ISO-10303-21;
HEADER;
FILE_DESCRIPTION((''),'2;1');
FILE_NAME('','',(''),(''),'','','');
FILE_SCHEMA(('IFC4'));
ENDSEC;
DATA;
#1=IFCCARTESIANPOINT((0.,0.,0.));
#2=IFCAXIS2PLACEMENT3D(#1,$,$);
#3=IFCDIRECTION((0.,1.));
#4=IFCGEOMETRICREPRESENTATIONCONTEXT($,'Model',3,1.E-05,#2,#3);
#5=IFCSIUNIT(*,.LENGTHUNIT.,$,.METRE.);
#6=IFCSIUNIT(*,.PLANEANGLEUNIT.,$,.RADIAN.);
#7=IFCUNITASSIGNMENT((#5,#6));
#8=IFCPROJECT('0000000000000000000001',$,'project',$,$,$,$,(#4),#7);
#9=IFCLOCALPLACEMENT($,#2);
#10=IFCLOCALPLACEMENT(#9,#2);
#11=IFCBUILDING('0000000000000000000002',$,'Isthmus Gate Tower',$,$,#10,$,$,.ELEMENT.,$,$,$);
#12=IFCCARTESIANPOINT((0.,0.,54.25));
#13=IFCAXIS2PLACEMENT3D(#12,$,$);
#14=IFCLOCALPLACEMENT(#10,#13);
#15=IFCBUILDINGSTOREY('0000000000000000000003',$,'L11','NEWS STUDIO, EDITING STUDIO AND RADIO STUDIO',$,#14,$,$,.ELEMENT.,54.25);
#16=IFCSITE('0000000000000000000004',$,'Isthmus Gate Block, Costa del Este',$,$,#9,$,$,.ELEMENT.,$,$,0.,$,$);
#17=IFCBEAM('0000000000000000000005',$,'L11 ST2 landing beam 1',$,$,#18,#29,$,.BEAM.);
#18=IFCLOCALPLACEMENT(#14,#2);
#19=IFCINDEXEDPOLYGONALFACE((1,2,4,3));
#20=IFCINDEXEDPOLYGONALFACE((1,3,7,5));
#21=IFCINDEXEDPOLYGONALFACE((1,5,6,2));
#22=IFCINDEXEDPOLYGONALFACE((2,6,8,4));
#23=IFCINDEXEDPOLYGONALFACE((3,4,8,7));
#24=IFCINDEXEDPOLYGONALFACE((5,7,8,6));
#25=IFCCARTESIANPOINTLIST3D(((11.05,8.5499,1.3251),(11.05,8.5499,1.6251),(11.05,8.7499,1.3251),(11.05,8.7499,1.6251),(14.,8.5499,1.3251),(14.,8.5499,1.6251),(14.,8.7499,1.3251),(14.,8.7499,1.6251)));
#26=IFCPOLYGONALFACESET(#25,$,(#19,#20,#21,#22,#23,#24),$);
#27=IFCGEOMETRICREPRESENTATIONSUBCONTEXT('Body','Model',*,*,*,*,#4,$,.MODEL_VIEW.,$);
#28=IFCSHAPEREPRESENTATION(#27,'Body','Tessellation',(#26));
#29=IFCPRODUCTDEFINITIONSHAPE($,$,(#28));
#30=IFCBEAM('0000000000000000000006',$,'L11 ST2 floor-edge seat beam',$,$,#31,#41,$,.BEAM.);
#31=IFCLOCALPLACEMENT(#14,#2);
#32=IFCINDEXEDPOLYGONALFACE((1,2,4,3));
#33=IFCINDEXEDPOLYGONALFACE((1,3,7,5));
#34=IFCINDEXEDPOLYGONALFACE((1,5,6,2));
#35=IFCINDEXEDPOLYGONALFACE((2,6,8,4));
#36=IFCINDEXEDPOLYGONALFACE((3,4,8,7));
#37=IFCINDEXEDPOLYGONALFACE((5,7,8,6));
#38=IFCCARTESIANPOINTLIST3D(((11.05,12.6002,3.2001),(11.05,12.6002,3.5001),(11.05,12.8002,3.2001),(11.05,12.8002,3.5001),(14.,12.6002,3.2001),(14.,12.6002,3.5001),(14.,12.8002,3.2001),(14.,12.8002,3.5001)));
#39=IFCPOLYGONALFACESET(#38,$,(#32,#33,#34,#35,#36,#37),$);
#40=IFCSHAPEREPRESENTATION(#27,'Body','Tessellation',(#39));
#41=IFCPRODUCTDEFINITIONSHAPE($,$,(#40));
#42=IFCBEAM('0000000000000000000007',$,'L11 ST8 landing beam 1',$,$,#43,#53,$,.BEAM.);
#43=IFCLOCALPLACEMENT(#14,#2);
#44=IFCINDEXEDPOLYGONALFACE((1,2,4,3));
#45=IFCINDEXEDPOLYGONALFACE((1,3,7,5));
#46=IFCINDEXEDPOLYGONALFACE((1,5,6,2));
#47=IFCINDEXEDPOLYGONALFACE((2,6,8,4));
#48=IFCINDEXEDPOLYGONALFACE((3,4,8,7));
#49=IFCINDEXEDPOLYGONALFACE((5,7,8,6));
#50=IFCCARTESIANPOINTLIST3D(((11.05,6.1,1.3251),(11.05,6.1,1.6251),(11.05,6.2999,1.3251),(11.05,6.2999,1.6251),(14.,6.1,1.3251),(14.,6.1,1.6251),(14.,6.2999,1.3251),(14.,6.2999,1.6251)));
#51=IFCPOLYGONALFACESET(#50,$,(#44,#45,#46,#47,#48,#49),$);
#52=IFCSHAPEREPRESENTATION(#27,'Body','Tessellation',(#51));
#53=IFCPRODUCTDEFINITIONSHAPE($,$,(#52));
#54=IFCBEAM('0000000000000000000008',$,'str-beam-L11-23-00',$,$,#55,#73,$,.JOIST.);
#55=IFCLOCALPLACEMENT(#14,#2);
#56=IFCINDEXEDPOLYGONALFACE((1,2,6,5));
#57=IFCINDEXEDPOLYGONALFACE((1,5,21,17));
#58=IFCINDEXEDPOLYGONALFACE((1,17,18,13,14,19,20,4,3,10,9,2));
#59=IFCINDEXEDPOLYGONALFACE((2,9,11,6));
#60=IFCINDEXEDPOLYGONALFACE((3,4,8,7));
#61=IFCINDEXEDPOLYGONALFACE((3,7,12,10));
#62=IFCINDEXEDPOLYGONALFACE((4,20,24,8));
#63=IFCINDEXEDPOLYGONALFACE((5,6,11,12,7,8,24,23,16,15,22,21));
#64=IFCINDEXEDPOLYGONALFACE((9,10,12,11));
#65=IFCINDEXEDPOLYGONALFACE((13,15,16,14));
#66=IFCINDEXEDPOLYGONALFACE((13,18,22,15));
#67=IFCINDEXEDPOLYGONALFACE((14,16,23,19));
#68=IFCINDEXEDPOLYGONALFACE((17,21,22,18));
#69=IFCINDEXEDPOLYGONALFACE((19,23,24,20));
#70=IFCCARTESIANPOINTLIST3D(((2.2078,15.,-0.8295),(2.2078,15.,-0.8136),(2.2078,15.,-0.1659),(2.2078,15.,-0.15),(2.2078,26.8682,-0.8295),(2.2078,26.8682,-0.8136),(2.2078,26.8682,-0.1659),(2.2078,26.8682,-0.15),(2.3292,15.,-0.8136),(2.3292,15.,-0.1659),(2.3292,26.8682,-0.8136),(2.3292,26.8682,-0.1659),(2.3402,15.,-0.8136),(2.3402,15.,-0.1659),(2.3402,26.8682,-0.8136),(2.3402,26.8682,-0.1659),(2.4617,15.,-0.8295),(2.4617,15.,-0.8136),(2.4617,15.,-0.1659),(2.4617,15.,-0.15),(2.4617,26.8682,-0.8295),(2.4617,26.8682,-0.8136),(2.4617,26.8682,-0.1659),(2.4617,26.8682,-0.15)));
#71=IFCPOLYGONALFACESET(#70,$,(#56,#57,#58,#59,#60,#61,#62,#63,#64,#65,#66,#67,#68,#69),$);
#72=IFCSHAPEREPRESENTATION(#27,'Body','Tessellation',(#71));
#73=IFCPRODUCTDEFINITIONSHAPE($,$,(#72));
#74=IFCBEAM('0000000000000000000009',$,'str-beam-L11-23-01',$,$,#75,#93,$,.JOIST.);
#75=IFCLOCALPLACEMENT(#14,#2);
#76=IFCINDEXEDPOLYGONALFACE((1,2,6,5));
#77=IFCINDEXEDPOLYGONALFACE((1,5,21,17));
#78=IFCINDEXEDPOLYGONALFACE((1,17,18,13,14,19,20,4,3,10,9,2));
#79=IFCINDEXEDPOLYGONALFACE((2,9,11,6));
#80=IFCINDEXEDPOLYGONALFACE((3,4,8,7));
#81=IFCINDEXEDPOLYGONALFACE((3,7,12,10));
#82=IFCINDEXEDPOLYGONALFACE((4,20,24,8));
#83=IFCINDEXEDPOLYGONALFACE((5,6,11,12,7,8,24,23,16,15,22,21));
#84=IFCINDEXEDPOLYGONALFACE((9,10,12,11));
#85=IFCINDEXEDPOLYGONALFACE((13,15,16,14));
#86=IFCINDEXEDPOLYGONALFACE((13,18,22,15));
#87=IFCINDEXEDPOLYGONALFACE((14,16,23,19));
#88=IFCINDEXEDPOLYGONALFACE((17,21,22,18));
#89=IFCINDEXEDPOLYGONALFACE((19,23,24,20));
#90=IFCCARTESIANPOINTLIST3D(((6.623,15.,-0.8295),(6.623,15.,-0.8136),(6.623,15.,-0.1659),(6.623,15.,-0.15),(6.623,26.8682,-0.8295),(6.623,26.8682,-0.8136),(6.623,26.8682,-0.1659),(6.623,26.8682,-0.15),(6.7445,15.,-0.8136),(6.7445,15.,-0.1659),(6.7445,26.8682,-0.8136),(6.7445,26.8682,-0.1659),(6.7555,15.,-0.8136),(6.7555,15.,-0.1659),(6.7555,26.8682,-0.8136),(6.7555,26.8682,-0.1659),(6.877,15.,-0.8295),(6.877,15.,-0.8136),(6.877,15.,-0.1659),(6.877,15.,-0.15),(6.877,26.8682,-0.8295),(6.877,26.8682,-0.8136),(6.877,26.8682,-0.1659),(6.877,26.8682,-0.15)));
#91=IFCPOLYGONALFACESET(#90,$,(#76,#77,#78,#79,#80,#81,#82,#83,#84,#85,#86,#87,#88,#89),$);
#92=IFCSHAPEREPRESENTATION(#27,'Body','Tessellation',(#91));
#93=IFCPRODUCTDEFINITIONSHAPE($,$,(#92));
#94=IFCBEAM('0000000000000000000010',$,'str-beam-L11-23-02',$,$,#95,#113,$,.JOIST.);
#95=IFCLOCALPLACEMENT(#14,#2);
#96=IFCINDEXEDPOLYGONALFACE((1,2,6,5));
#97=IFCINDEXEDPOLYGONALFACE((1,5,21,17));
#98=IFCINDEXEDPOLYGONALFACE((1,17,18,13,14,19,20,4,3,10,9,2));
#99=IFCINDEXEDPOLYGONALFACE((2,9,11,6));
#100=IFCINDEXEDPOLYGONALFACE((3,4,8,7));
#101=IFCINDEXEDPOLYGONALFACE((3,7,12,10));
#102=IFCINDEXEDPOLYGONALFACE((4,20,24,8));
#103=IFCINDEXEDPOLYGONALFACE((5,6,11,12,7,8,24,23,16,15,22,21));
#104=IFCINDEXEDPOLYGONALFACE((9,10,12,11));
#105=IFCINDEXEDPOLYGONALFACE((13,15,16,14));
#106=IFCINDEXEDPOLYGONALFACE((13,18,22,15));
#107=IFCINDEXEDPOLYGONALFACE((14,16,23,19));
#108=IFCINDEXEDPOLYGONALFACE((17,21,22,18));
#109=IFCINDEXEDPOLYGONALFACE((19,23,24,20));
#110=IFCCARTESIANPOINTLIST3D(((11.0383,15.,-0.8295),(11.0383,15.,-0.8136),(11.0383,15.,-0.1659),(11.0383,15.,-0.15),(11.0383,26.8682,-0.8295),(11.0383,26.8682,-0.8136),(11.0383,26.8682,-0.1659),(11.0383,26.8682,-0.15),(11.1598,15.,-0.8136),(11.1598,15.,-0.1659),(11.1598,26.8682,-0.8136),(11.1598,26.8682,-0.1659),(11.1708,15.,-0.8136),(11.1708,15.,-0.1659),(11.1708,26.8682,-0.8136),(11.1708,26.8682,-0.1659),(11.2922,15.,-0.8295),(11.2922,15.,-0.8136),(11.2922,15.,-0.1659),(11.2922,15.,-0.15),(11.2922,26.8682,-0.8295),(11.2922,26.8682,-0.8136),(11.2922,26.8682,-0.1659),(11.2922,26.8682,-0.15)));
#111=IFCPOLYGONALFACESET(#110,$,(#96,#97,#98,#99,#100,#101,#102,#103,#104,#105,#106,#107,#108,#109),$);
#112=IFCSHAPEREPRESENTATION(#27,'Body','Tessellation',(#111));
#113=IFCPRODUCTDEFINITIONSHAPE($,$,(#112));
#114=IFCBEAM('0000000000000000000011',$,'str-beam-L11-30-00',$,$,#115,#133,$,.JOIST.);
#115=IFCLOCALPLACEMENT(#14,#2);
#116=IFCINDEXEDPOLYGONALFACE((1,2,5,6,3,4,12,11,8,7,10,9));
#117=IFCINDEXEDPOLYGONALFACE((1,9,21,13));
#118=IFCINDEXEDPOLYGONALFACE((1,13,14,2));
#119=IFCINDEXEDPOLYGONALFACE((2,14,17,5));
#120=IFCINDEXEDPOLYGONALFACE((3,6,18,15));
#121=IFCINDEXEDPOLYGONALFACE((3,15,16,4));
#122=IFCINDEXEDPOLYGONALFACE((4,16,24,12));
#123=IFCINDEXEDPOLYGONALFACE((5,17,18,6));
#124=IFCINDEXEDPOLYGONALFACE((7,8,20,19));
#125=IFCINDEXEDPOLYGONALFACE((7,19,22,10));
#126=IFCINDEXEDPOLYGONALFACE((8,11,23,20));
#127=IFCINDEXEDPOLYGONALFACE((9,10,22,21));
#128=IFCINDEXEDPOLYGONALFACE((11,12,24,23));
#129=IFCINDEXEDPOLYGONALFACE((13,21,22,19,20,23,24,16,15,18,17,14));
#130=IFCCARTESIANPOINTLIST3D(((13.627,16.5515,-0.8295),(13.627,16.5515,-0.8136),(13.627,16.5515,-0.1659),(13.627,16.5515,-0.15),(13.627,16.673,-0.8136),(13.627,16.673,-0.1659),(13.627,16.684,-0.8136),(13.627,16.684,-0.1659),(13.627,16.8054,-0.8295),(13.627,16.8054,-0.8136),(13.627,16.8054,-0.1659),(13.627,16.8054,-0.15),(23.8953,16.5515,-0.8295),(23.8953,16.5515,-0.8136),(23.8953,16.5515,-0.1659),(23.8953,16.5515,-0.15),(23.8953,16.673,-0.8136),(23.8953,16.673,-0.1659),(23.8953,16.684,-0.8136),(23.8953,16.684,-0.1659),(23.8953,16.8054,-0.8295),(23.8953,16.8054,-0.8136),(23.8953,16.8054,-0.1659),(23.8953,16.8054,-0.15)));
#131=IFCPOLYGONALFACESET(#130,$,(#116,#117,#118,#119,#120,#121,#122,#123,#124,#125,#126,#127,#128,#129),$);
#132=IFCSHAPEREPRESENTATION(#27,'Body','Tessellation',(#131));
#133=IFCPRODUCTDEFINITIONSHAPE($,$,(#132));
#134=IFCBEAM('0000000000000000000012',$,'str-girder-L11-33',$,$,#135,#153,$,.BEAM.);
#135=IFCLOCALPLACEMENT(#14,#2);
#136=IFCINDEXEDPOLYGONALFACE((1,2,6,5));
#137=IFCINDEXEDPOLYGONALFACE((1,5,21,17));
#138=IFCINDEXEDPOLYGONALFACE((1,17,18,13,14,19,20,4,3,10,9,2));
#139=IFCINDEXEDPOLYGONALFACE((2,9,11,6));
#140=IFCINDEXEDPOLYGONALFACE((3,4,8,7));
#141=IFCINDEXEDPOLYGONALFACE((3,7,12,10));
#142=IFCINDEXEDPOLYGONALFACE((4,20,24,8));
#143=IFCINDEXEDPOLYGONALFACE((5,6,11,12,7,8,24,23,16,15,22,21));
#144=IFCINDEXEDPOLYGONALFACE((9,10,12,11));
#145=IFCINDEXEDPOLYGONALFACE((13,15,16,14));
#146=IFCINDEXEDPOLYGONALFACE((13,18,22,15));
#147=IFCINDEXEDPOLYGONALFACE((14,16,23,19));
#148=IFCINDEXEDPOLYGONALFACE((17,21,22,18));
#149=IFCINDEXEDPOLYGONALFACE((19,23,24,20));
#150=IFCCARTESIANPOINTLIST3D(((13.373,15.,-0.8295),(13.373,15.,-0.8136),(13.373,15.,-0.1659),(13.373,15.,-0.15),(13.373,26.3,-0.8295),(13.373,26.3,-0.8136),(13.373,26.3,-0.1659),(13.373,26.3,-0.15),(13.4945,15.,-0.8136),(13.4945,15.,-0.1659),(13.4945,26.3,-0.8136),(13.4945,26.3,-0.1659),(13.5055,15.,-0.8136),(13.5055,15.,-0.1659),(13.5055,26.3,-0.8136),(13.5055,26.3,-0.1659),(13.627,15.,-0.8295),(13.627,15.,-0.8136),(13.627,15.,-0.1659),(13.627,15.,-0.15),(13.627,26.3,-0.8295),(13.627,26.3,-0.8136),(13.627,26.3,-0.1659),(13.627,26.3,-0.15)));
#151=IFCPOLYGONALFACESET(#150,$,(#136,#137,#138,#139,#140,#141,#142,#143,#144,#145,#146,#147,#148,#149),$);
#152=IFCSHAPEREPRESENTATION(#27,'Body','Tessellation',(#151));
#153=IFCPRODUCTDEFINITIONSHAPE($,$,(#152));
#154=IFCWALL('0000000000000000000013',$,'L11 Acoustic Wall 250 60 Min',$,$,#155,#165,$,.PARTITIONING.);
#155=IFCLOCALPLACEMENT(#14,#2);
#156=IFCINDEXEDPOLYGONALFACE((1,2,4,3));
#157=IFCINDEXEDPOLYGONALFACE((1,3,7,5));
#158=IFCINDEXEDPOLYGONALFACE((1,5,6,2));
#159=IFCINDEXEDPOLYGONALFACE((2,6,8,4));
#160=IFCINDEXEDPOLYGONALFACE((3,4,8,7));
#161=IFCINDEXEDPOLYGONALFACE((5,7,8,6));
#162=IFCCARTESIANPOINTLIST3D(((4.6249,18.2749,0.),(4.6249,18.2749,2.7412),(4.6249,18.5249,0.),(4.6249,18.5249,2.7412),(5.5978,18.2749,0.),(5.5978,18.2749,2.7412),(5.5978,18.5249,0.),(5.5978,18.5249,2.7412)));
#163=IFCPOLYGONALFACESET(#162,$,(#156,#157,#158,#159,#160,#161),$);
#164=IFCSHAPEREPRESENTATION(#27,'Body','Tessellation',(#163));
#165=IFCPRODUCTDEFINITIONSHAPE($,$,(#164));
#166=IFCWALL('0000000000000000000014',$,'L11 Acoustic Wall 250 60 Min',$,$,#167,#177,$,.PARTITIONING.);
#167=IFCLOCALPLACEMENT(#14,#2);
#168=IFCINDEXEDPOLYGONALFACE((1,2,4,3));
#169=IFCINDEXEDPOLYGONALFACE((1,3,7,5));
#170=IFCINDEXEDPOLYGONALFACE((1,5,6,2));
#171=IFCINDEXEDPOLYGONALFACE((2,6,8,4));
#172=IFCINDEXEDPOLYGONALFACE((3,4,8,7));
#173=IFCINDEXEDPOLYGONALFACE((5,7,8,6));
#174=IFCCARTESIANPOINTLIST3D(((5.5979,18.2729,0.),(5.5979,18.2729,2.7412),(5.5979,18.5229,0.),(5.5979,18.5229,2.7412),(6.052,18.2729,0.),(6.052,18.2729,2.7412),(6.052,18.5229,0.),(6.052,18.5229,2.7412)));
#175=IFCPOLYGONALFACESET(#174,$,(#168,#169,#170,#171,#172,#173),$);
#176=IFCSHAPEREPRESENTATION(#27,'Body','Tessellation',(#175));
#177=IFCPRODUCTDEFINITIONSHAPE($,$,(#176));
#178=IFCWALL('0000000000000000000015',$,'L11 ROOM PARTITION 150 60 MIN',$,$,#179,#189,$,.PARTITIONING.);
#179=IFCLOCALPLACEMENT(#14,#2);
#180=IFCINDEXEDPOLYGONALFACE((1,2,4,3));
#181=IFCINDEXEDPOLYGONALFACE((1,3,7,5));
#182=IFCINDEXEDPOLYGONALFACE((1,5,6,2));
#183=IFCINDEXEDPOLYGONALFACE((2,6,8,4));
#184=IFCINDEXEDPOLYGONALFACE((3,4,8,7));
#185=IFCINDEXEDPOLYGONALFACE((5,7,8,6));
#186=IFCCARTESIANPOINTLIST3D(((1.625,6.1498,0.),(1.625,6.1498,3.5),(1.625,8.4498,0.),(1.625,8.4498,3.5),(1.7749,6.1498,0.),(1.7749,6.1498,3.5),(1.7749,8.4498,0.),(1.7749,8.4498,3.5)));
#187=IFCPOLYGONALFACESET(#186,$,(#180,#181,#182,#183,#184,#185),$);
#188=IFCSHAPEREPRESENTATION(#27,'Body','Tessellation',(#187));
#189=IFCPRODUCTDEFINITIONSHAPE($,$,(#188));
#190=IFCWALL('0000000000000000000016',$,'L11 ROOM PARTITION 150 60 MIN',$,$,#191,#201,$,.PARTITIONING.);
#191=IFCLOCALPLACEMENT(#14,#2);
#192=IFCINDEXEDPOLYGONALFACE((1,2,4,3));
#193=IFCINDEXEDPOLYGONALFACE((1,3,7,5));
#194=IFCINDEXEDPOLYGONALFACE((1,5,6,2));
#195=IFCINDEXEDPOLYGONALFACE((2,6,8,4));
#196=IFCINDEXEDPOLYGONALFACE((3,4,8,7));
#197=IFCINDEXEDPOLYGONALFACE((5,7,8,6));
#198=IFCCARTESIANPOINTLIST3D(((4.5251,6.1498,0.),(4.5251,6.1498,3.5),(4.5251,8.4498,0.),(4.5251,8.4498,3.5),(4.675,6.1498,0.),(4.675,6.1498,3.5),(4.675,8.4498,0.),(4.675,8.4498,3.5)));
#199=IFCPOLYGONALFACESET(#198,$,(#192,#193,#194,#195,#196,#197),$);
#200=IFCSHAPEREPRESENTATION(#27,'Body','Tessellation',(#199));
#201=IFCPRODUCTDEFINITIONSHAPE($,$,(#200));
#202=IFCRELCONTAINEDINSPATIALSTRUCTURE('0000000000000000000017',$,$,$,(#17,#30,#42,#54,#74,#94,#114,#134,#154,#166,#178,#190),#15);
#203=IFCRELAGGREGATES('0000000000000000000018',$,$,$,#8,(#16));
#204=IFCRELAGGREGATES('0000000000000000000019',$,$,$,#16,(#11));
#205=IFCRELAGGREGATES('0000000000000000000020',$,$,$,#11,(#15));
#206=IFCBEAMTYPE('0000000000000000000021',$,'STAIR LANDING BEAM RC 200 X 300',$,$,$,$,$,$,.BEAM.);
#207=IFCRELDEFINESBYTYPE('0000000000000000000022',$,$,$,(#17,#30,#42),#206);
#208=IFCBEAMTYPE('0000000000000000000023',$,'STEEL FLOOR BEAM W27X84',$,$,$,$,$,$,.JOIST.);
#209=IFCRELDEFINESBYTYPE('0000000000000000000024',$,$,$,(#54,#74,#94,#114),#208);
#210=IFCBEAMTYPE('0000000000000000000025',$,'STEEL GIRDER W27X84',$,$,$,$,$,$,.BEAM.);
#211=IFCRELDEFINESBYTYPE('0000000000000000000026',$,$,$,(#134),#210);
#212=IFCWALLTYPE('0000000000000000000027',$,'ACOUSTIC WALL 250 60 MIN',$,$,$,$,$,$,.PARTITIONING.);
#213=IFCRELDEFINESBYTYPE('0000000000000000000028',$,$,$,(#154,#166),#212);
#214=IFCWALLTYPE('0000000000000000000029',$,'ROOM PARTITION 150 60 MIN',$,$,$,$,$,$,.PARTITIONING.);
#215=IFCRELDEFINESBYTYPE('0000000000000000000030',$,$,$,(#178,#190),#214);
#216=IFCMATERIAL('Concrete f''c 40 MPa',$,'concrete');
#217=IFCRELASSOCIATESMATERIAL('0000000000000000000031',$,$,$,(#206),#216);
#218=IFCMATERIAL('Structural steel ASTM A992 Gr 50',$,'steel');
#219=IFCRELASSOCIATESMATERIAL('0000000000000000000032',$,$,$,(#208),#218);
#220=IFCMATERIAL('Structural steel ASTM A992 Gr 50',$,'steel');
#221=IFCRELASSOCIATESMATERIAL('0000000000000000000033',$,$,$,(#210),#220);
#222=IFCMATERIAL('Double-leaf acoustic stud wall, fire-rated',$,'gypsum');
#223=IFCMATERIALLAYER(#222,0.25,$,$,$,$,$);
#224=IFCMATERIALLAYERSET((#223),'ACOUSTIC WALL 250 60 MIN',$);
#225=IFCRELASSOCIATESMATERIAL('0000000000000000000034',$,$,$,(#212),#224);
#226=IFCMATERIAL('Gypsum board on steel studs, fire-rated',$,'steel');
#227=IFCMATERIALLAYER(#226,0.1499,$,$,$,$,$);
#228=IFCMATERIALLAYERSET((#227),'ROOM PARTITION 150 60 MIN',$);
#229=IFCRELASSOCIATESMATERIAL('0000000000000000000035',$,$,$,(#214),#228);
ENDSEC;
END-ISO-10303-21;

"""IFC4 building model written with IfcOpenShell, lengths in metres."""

from ifc_helpers import new_model, si_unit, direction, frame, frame_2d, origin, origin_2d, place, context, subcontext, project, spatial, rectangle, i_section, extrude, material, layer, layer_set, material_profile, profile_set, type_object, element, save


model = new_model("IFC4")

# Units and contexts
model_context = context("Model", 3, precision=1e-05, world=origin(), true_north=direction((0.0, 1.0)))
body_context = subcontext(model_context, "Body", "Model", "MODEL_VIEW")
ifc_project = project(units=[si_unit("LENGTHUNIT", "METRE"), si_unit("PLANEANGLEUNIT", "RADIAN")], contexts=[model_context])

# Site, building, storey
site_placement = place(None, origin())
site = spatial("IfcSite", under=ifc_project, at=site_placement, Name="Isthmus Gate Block, Costa del Este", CompositionType="ELEMENT", RefElevation=0.0)
building_placement = place(site_placement, origin())
building = spatial("IfcBuilding", under=site, at=building_placement, Name="Isthmus Gate Tower", CompositionType="ELEMENT")
storey_placement = place(building_placement, frame((0.0, 0.0, 54.25)))
storey = spatial("IfcBuildingStorey", under=building, at=storey_placement, Name="L11", Description="NEWS STUDIO, EDITING STUDIO AND RADIO STUDIO", CompositionType="ELEMENT", Elevation=54.25)

# Beams
ifc_material_1 = material(Name="Concrete f'c 40 MPa", Category="concrete")
ifc_material_profile_1 = material_profile(ifc_material_1, rectangle(XDim=0.2, YDim=0.3, at=origin_2d()), Name="STAIR LANDING BEAM RC 200 X 300")
ifc_profile_set_1 = profile_set([ifc_material_profile_1], Name="Concrete f'c 40 MPa")
beam_type_1 = type_object("IfcBeamType", Name="STAIR LANDING BEAM RC 200 X 300", PredefinedType="BEAM", material=ifc_profile_set_1)
for number, where, z_axis, x_axis, name in (
    (1, (11.05, 8.6499, 1.4751), (1.0, 0.0, 0.0), (0.0, 1.0, 0.0), "L11 ST2 landing beam 1"),
    (2, (11.05, 12.7002, 3.3501), (1.0, 0.0, 0.0), (0.0, 1.0, 0.0), "L11 ST2 floor-edge seat beam"),
    (3, (11.05, 6.2, 1.4751), (1.0, 0.0, 0.0), (0.0, 1.0, 0.0), "L11 ST8 landing beam 1"),
):
    element("IfcBeam", number, at=place(storey_placement, frame(where, z_axis=z_axis, x_axis=x_axis)), inside=storey, type_object=beam_type_1, Name=name, PredefinedType="BEAM", context=body_context, shape_type="SweptSolid", body=[
        extrude(rectangle(XDim=0.2, YDim=0.3, at=origin_2d()), origin(), (0.0, 0.0, 1.0), 2.95),
    ])
ifc_material_2 = material(Name="Structural steel ASTM A992 Gr 50", Category="steel")
ifc_material_profile_2 = material_profile(ifc_material_2, i_section(OverallWidth=0.2539, OverallDepth=0.6794, WebThickness=0.011, FlangeThickness=0.0159, at=origin_2d()), Name="W27X84")
ifc_profile_set_2 = profile_set([ifc_material_profile_2], Name="Structural steel ASTM A992 Gr 50")
beam_type_2 = type_object("IfcBeamType", Name="STEEL FLOOR BEAM W27X84", PredefinedType="JOIST", material=ifc_profile_set_2)
for number, where, z_axis, x_axis, name in (
    (4, (2.3347, 15.0, -0.4897), (0.0, 1.0, 0.0), (-1.0, 0.0, 0.0), "str-beam-L11-23-00"),
    (5, (6.75, 15.0, -0.4897), (0.0, 1.0, 0.0), (-1.0, 0.0, 0.0), "str-beam-L11-23-01"),
    (6, (11.1653, 15.0, -0.4897), (0.0, 1.0, 0.0), (-1.0, 0.0, 0.0), "str-beam-L11-23-02"),
):
    element("IfcBeam", number, at=place(storey_placement, frame(where, z_axis=z_axis, x_axis=x_axis)), inside=storey, type_object=beam_type_2, Name=name, PredefinedType="JOIST", context=body_context, shape_type="SweptSolid", body=[
        extrude(i_section(OverallWidth=0.2539, OverallDepth=0.6794, WebThickness=0.011, FlangeThickness=0.0159, at=origin_2d()), origin(), (0.0, 0.0, 1.0), 11.8682),
    ])
beam_1_placement = place(storey_placement, frame((13.627, 16.6785, -0.4897), z_axis=(1.0, 0.0, 0.0), x_axis=(0.0, 1.0, 0.0)))
element("IfcBeam", 7, at=beam_1_placement, inside=storey, type_object=beam_type_2, Name="str-beam-L11-30-00", PredefinedType="JOIST", context=body_context, shape_type="SweptSolid", body=[
    extrude(i_section(OverallWidth=0.2539, OverallDepth=0.6794, WebThickness=0.011, FlangeThickness=0.0159, at=origin_2d()), origin(), (0.0, 0.0, 1.0), 10.2683),
])
ifc_material_3 = material(Name="Structural steel ASTM A992 Gr 50", Category="steel")
ifc_material_profile_3 = material_profile(ifc_material_3, i_section(OverallWidth=0.2539, OverallDepth=0.6794, WebThickness=0.011, FlangeThickness=0.0159, at=origin_2d()), Name="W27X84")
ifc_profile_set_3 = profile_set([ifc_material_profile_3], Name="Structural steel ASTM A992 Gr 50")
beam_type_3 = type_object("IfcBeamType", Name="STEEL GIRDER W27X84", PredefinedType="BEAM", material=ifc_profile_set_3)
beam_2_placement = place(storey_placement, frame((13.5, 15.0, -0.4897), z_axis=(0.0, 1.0, 0.0), x_axis=(-1.0, 0.0, 0.0)))
element("IfcBeam", 8, at=beam_2_placement, inside=storey, type_object=beam_type_3, Name="str-girder-L11-33", PredefinedType="BEAM", context=body_context, shape_type="SweptSolid", body=[
    extrude(i_section(OverallWidth=0.2539, OverallDepth=0.6794, WebThickness=0.011, FlangeThickness=0.0159, at=origin_2d()), origin(), (0.0, 0.0, 1.0), 11.3),
])

# Walls
ifc_material_4 = material(Name="Double-leaf acoustic stud wall, fire-rated", Category="gypsum")
ifc_layer_1 = layer(ifc_material_4, 0.25)
ifc_layer_set_1 = layer_set([ifc_layer_1], Name="ACOUSTIC WALL 250 60 MIN")
wall_type_1 = type_object("IfcWallType", Name="ACOUSTIC WALL 250 60 MIN", PredefinedType="PARTITIONING", material=ifc_layer_set_1)
wall_1_placement = place(storey_placement, frame((4.625, 18.3999, 0.0), z_axis=(0.0, 0.0, 1.0), x_axis=(1.0, 0.0, 0.0)))
element("IfcWall", 9, at=wall_1_placement, inside=storey, type_object=wall_type_1, Name="L11 Acoustic Wall 250 60 Min", PredefinedType="PARTITIONING", context=body_context, shape_type="SweptSolid", body=[
    extrude(rectangle(XDim=0.9729, YDim=0.25, at=frame_2d((0.4863, 0.0))), origin(), (0.0, 0.0, 1.0), 2.7412),
])
wall_2_placement = place(storey_placement, frame((5.5979, 18.3979, 0.0), z_axis=(0.0, 0.0, 1.0), x_axis=(1.0, 0.0, 0.0)))
element("IfcWall", 10, at=wall_2_placement, inside=storey, type_object=wall_type_1, Name="L11 Acoustic Wall 250 60 Min", PredefinedType="PARTITIONING", context=body_context, shape_type="SweptSolid", body=[
    extrude(rectangle(XDim=0.4541, YDim=0.25, at=frame_2d((0.2271, 0.0))), origin(), (0.0, 0.0, 1.0), 2.7412),
])
ifc_material_5 = material(Name="Gypsum board on steel studs, fire-rated", Category="steel")
ifc_layer_2 = layer(ifc_material_5, 0.1499)
ifc_layer_set_2 = layer_set([ifc_layer_2], Name="ROOM PARTITION 150 60 MIN")
wall_type_2 = type_object("IfcWallType", Name="ROOM PARTITION 150 60 MIN", PredefinedType="PARTITIONING", material=ifc_layer_set_2)
for number, where, z_axis, x_axis, name in (
    (11, (1.7, 6.1499, 0.0), (0.0, 0.0, 1.0), (0.0, 1.0, 0.0), "L11 ROOM PARTITION 150 60 MIN"),
    (12, (4.6001, 6.1499, 0.0), (0.0, 0.0, 1.0), (0.0, 1.0, 0.0), "L11 ROOM PARTITION 150 60 MIN"),
):
    element("IfcWall", number, at=place(storey_placement, frame(where, z_axis=z_axis, x_axis=x_axis)), inside=storey, type_object=wall_type_2, Name=name, PredefinedType="PARTITIONING", context=body_context, shape_type="SweptSolid", body=[
        extrude(rectangle(XDim=2.3, YDim=0.1499, at=frame_2d((1.1499, 0.0))), origin(), (0.0, 0.0, 1.0), 3.5),
    ])

save(model, "model.ifc")
